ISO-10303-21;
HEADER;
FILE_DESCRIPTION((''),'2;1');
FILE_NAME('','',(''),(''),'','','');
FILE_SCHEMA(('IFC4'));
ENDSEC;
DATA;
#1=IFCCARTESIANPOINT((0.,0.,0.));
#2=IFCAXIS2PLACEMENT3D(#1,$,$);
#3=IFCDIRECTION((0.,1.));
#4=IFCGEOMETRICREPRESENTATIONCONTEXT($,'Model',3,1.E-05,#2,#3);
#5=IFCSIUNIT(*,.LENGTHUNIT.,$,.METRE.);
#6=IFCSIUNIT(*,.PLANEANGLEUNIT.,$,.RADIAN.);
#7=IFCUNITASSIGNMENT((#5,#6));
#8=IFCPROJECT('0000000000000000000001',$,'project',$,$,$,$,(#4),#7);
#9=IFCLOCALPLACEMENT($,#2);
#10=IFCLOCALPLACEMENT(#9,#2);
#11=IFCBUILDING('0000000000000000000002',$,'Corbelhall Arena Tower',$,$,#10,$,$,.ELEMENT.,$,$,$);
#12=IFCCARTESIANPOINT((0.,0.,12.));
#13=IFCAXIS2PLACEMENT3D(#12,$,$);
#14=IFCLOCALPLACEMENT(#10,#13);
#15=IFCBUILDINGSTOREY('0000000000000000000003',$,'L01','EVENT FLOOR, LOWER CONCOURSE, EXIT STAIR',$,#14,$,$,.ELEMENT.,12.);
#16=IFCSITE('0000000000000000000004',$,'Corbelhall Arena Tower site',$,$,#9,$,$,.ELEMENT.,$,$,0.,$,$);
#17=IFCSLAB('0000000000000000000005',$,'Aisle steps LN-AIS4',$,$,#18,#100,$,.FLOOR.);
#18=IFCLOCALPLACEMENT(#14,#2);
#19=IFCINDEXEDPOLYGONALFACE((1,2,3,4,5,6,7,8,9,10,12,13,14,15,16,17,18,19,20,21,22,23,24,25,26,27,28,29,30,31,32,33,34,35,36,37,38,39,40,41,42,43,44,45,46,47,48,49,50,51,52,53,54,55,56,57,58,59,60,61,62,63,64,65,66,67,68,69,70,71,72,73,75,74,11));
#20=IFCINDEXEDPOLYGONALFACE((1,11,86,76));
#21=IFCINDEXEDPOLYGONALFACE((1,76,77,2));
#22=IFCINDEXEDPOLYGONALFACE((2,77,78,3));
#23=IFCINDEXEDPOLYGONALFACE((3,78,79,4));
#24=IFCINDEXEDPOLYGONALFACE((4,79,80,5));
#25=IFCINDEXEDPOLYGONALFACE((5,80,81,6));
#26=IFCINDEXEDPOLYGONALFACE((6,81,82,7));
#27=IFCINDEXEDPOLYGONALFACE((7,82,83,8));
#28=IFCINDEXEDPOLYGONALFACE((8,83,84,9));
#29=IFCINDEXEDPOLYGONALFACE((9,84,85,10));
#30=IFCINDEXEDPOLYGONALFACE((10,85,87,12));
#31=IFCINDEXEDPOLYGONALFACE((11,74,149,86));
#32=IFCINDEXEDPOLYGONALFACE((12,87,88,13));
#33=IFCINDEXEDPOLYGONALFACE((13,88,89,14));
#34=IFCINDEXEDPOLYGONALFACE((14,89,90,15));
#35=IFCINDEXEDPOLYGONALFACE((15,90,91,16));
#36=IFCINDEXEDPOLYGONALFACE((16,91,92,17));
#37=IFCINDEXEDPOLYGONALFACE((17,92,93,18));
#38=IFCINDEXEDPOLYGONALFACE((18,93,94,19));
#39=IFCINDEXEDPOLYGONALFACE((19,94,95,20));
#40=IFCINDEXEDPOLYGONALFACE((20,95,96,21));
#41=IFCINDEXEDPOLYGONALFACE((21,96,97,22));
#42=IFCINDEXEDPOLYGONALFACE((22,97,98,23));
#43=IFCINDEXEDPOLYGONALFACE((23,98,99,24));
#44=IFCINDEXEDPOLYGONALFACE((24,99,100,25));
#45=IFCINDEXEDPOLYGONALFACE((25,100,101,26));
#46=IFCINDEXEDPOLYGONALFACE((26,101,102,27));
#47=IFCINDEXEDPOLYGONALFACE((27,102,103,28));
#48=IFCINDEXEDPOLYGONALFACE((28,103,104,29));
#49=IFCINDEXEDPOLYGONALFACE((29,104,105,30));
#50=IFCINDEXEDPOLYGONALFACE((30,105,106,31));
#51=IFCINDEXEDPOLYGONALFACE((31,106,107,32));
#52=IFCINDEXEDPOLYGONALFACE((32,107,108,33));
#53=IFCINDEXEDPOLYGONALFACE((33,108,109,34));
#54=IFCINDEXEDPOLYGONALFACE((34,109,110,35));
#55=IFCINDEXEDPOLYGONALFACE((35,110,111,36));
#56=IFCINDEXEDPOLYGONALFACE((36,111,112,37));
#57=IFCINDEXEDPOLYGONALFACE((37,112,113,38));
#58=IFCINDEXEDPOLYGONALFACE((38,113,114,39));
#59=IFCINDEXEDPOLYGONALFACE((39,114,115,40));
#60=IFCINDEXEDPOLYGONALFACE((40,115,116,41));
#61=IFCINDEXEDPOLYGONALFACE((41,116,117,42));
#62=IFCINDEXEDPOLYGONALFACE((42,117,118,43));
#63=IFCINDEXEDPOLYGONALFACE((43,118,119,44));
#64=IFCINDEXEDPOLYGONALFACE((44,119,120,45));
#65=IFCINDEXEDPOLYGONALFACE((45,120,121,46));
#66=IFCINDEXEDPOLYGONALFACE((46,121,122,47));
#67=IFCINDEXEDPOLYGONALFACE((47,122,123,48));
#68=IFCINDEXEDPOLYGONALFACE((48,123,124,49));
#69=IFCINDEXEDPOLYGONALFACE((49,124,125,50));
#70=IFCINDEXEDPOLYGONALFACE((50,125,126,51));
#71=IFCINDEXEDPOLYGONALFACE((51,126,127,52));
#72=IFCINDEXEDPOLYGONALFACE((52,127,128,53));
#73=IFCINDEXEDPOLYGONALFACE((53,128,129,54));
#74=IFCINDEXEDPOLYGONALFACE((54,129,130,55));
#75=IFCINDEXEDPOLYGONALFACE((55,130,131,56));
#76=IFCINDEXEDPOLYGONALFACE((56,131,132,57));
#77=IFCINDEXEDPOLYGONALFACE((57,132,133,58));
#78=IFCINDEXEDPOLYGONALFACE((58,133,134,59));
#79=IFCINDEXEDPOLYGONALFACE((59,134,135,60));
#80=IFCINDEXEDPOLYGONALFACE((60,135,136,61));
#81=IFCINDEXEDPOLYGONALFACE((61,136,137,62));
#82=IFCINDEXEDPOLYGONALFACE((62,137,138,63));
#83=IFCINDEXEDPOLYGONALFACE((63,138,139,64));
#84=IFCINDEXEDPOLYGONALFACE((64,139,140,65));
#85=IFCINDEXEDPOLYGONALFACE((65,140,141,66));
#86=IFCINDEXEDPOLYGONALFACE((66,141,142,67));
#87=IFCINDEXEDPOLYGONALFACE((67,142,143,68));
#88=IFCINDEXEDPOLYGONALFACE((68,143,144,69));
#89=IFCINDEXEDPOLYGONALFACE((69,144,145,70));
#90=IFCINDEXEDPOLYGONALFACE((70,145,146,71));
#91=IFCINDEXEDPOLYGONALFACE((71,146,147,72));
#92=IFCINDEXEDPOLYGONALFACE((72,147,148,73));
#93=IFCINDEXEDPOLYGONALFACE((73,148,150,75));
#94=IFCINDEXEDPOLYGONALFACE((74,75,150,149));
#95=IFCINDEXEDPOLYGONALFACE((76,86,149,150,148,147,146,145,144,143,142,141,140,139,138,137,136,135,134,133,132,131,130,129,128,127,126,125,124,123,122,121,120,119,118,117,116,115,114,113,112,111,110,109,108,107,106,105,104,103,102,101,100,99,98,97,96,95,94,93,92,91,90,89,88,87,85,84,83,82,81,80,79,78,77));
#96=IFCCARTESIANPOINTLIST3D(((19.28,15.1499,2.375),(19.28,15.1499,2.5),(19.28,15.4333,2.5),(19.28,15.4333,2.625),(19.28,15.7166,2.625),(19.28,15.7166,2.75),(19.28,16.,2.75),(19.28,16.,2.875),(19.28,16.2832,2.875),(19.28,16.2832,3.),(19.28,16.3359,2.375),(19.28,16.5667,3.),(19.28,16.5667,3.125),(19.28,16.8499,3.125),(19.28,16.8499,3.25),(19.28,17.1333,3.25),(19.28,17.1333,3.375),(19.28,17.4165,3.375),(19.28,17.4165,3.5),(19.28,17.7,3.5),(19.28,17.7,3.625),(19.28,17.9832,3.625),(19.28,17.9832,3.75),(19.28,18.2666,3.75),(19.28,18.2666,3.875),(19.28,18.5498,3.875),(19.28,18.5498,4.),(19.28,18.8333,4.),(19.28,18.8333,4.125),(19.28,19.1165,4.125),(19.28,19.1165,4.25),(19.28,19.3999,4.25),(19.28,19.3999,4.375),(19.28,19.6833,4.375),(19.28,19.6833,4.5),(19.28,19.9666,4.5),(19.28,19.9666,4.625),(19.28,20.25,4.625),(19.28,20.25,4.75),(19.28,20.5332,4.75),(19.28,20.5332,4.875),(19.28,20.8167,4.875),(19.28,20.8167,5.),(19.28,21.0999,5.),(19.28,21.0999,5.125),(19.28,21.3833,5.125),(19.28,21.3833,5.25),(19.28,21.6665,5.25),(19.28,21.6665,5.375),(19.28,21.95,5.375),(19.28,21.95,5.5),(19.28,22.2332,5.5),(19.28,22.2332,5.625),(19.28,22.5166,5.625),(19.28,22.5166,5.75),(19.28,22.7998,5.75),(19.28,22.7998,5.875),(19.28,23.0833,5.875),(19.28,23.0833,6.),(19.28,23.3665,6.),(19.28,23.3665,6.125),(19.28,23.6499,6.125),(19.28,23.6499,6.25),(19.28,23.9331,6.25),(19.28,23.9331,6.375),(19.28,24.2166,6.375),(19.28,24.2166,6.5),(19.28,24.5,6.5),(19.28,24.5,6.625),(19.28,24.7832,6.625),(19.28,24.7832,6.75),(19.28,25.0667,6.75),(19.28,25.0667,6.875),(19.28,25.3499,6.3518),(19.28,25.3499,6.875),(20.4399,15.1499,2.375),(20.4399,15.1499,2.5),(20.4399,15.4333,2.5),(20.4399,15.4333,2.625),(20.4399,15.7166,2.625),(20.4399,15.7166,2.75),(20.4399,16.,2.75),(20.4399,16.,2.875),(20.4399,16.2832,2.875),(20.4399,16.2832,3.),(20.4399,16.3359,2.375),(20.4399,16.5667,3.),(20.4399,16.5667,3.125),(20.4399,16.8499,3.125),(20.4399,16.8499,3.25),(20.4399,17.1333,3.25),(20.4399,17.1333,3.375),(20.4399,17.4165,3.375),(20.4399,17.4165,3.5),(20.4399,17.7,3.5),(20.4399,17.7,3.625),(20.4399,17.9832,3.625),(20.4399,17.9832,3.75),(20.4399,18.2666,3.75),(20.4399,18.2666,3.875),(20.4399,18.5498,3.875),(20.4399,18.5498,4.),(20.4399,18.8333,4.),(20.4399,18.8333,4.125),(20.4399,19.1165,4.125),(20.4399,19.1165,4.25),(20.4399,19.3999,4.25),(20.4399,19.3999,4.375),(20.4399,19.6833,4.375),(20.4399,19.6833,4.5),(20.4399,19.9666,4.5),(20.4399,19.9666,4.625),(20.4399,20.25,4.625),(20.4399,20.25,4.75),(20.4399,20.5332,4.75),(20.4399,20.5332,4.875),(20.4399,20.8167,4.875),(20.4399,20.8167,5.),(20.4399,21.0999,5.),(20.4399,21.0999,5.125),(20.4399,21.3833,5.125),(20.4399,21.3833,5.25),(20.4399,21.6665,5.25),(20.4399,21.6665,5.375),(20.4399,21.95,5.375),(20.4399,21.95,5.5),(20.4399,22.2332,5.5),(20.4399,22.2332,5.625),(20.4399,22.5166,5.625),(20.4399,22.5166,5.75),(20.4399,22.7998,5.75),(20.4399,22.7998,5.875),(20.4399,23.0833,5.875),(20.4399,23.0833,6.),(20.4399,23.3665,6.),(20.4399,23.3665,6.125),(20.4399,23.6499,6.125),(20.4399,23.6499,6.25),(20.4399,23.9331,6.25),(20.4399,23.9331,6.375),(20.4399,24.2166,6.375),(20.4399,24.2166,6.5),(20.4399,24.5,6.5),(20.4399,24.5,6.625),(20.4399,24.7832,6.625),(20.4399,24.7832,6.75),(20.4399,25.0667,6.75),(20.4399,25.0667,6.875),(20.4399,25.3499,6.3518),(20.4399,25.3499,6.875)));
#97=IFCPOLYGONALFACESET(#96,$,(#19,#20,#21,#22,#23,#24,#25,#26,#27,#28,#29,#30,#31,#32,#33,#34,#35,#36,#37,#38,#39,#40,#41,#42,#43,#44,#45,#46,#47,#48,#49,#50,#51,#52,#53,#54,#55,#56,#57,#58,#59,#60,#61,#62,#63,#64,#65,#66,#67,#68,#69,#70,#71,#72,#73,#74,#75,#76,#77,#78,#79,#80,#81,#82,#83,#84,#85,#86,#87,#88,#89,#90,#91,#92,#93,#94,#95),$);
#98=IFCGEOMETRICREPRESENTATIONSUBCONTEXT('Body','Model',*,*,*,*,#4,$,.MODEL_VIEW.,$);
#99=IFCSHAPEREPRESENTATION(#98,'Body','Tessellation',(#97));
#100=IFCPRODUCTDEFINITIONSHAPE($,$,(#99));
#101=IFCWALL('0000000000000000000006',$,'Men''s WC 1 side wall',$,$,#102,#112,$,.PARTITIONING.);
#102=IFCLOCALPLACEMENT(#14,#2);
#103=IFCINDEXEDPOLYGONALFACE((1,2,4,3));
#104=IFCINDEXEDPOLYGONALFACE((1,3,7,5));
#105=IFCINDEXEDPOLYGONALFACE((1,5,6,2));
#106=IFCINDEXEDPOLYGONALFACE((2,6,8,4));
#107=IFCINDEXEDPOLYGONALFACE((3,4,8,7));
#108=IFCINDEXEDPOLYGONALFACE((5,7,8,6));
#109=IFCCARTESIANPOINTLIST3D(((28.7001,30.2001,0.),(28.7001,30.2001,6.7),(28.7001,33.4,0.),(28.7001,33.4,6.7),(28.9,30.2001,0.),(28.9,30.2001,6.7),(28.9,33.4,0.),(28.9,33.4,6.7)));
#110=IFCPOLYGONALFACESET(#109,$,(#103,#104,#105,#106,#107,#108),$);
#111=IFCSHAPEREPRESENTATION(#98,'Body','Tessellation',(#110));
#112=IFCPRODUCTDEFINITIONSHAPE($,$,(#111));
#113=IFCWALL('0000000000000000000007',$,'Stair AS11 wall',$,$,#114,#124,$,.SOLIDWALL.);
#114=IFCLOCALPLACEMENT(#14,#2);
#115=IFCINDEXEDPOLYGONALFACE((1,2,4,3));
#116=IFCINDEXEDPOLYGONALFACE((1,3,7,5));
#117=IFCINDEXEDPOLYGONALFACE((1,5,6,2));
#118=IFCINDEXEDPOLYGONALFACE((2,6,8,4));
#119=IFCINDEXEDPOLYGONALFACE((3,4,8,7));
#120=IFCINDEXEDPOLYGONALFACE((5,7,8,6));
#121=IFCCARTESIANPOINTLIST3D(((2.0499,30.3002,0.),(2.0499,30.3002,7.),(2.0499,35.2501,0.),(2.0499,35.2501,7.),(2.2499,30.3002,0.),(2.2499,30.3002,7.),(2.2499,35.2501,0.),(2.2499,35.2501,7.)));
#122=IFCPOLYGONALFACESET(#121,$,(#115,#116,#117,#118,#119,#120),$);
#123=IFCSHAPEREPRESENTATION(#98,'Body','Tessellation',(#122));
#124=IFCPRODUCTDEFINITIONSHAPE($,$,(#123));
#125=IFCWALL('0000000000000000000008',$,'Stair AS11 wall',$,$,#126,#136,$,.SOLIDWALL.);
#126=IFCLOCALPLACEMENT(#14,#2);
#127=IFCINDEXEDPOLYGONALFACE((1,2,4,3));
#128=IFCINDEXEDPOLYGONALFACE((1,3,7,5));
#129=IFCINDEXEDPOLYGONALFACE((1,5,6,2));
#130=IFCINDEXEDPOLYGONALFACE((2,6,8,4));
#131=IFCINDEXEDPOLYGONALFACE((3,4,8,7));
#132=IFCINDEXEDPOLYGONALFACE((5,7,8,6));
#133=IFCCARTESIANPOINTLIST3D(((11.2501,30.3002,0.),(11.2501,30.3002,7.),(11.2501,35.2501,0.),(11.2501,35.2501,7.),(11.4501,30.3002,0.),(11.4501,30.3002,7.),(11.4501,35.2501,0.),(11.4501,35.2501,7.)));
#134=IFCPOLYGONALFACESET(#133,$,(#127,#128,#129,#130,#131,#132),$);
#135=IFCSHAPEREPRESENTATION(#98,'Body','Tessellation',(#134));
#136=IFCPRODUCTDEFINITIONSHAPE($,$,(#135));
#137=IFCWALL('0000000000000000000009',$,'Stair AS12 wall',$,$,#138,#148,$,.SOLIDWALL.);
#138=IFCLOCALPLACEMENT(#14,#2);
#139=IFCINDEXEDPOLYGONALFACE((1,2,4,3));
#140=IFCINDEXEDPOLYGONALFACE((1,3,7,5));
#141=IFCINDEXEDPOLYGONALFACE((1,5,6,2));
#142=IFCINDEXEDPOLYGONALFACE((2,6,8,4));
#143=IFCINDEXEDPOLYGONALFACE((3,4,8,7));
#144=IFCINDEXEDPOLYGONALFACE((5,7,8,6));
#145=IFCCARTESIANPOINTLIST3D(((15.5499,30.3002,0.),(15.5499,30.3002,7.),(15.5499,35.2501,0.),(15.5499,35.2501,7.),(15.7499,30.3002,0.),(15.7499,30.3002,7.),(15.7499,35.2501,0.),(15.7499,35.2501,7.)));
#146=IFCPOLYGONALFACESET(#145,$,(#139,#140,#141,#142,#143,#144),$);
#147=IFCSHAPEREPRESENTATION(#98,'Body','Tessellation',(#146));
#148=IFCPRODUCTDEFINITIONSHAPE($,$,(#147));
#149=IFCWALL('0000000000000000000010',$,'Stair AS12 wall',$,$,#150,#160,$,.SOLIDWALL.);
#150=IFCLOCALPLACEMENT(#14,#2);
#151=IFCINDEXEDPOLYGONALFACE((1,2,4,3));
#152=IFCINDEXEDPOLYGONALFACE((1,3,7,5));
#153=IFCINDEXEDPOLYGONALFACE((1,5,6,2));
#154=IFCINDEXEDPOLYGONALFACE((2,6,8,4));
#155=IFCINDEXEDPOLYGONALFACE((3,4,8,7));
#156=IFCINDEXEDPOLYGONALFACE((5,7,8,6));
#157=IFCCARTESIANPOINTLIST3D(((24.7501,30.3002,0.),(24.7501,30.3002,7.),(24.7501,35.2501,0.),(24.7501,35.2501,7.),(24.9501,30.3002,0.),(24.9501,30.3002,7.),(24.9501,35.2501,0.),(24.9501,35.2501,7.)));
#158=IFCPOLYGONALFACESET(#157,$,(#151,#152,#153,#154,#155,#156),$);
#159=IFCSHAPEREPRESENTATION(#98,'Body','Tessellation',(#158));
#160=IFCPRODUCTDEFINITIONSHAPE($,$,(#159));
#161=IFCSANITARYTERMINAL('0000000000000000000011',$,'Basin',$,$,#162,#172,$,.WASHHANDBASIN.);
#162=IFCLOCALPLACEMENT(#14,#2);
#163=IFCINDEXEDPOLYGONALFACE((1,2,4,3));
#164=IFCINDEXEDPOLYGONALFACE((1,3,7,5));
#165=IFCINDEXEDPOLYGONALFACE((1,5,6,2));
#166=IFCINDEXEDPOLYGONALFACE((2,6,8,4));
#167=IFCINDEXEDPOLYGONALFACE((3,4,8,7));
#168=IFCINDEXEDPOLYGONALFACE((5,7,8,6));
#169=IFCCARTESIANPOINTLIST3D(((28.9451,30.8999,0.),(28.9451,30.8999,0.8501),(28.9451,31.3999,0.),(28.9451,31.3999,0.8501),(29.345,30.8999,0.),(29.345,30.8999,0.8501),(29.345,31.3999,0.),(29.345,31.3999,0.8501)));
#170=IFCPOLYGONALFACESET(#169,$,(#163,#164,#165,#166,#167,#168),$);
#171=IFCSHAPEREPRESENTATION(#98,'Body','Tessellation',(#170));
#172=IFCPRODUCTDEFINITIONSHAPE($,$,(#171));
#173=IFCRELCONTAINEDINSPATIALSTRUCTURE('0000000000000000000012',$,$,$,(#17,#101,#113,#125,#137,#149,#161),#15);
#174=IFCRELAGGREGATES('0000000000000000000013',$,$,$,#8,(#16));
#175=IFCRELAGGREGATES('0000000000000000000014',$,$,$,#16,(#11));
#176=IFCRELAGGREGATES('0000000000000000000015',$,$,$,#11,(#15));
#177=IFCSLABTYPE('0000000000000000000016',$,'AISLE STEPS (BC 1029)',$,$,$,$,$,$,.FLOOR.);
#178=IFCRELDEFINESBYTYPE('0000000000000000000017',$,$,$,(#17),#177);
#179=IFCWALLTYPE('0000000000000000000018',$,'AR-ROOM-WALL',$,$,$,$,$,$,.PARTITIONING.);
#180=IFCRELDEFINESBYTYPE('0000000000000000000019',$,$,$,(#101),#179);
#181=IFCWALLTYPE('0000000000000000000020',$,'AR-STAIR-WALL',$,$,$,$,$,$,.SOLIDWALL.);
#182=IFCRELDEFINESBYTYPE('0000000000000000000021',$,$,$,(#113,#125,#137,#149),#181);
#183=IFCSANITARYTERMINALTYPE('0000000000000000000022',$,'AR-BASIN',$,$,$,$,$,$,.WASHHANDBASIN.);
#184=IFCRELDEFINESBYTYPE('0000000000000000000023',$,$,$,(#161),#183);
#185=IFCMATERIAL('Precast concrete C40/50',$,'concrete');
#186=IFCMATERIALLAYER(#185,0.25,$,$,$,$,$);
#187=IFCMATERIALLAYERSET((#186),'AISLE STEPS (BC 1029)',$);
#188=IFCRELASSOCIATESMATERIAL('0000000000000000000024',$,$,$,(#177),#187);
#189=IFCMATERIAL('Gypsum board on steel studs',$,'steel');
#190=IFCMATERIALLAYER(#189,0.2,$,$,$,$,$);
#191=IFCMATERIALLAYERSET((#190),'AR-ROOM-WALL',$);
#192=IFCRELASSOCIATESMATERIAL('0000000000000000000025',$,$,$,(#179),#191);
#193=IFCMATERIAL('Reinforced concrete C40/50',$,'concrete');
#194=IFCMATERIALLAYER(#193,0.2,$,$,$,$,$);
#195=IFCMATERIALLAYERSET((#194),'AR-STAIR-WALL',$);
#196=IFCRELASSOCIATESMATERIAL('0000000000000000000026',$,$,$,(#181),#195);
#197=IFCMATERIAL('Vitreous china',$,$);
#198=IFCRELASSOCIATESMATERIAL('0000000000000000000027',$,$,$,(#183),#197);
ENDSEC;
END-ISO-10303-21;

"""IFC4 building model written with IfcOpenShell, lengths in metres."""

from ifc_helpers import new_model, si_unit, direction, frame, frame_2d, origin, origin_2d, place, context, subcontext, project, spatial, polyline, rectangle, outline, extrude, material, layer, layer_set, type_object, element, save


model = new_model("IFC4")

# Units and contexts
model_context = context("Model", 3, precision=1e-05, world=origin(), true_north=direction((0.0, 1.0)))
body_context = subcontext(model_context, "Body", "Model", "MODEL_VIEW")
ifc_project = project(units=[si_unit("LENGTHUNIT", "METRE"), si_unit("PLANEANGLEUNIT", "RADIAN")], contexts=[model_context])

# Site, building, storey
site_placement = place(None, origin())
site = spatial("IfcSite", under=ifc_project, at=site_placement, Name="Corbelhall Arena Tower site", CompositionType="ELEMENT", RefElevation=0.0)
building_placement = place(site_placement, origin())
building = spatial("IfcBuilding", under=site, at=building_placement, Name="Corbelhall Arena Tower", CompositionType="ELEMENT")
storey_placement = place(building_placement, frame((0.0, 0.0, 12.0)))
storey = spatial("IfcBuildingStorey", under=building, at=storey_placement, Name="L01", Description="EVENT FLOOR, LOWER CONCOURSE, EXIT STAIR", CompositionType="ELEMENT", Elevation=12.0)

# Slab
ifc_material_1 = material(Name="Precast concrete C40/50", Category="concrete")
ifc_layer_1 = layer(ifc_material_1, 0.25)
ifc_layer_set_1 = layer_set([ifc_layer_1], Name="AISLE STEPS (BC 1029)")
slab_type_1 = type_object("IfcSlabType", Name="AISLE STEPS (BC 1029)", PredefinedType="FLOOR", material=ifc_layer_set_1)
slab_1_placement = place(storey_placement, frame((19.8601, 15.1499, 2.375), z_axis=(0.0, 0.0, 1.0), x_axis=(0.0, 1.0, 0.0)))
element("IfcSlab", 1, at=slab_1_placement, inside=storey, type_object=slab_type_1, Name="Aisle steps LN-AIS4", PredefinedType="FLOOR", context=body_context, shape_type="SweptSolid", body=[
    extrude(outline(polyline([(0.0, 0.0), (0.0, 0.125), (0.2834, 0.125), (0.2834, 0.25), (0.5667, 0.25), (0.5667, 0.375), (0.8501, 0.375), (0.8501, 0.5), (1.1333, 0.5), (1.1333, 0.625), (1.4167, 0.625), (1.4167, 0.75), (1.7, 0.75), (1.7, 0.875), (1.9834, 0.875), (1.9834, 1.0), (2.2666, 1.0), (2.2666, 1.125), (2.55, 1.125), (2.55, 1.25), (2.8333, 1.25), (2.8333, 1.375), (3.1167, 1.375), (3.1167, 1.5), (3.3999, 1.5), (3.3999, 1.625), (3.6833, 1.625), (3.6833, 1.75), (3.9666, 1.75), (3.9666, 1.875), (4.25, 1.875), (4.25, 2.0), (4.5334, 2.0), (4.5334, 2.125), (4.8167, 2.125), (4.8167, 2.25), (5.1001, 2.25), (5.1001, 2.375), (5.3833, 2.375), (5.3833, 2.5), (5.6667, 2.5), (5.6667, 2.625), (5.95, 2.625), (5.95, 2.75), (6.2334, 2.75), (6.2334, 2.875), (6.5166, 2.875), (6.5166, 3.0), (6.8, 3.0), (6.8, 3.125), (7.0833, 3.125), (7.0833, 3.25), (7.3667, 3.25), (7.3667, 3.375), (7.6499, 3.375), (7.6499, 3.5), (7.9333, 3.5), (7.9333, 3.625), (8.2166, 3.625), (8.2166, 3.75), (8.5, 3.75), (8.5, 3.875), (8.7832, 3.875), (8.7832, 4.0), (9.0667, 4.0), (9.0667, 4.125), (9.3501, 4.125), (9.3501, 4.25), (9.6333, 4.25), (9.6333, 4.375), (9.9167, 4.375), (9.9167, 4.5), (10.2, 4.5), (10.2, 4.625), (10.2, 3.9768), (1.186, 0.0), (0.0, 0.0)])), frame((0.0, 0.5801, 0.0), z_axis=(0.0, -1.0, 0.0), x_axis=(1.0, 0.0, 0.0)), (0.0, 0.0, 1.0), 1.1599),
])

# Shared definitions
ifc_material_2 = material(Name="Gypsum board on steel studs", Category="steel")
ifc_layer_2 = layer(ifc_material_2, 0.2)
ifc_layer_set_2 = layer_set([ifc_layer_2], Name="AR-ROOM-WALL")
wall_type_1 = type_object("IfcWallType", Name="AR-ROOM-WALL", PredefinedType="PARTITIONING", material=ifc_layer_set_2)

# Wall
wall_1_placement = place(storey_placement, frame((28.8, 30.2, 0.0), z_axis=(0.0, 0.0, 1.0), x_axis=(0.0, 1.0, 0.0)))
element("IfcWall", 2, at=wall_1_placement, inside=storey, type_object=wall_type_1, Name="Men's WC 1 side wall", PredefinedType="PARTITIONING", context=body_context, shape_type="SweptSolid", body=[
    extrude(rectangle(XDim=3.2, YDim=0.2, at=frame_2d((1.6001, 0.0))), origin(), (0.0, 0.0, 1.0), 6.7),
])

# Shared definitions
ifc_material_3 = material(Name="Reinforced concrete C40/50", Category="concrete")
ifc_layer_3 = layer(ifc_material_3, 0.2)
ifc_layer_set_3 = layer_set([ifc_layer_3], Name="AR-STAIR-WALL")
wall_type_2 = type_object("IfcWallType", Name="AR-STAIR-WALL", PredefinedType="SOLIDWALL", material=ifc_layer_set_3)

# Walls
for number, where, z_axis, x_axis, name in (
    (3, (2.1499, 30.3, 0.0), (0.0, 0.0, 1.0), (0.0, 1.0, 0.0), "Stair AS11 wall"),
    (4, (11.3501, 30.3, 0.0), (0.0, 0.0, 1.0), (0.0, 1.0, 0.0), "Stair AS11 wall"),
):
    element("IfcWall", number, at=place(storey_placement, frame(where, z_axis=z_axis, x_axis=x_axis)), inside=storey, type_object=wall_type_2, Name=name, PredefinedType="SOLIDWALL", context=body_context, shape_type="SweptSolid", body=[
        extrude(rectangle(XDim=4.95, YDim=0.2, at=frame_2d((2.4751, 0.0))), origin(), (0.0, 0.0, 1.0), 7.0),
    ])

# Walls
for number, where, z_axis, x_axis, name in (
    (5, (15.6499, 30.3, 0.0), (0.0, 0.0, 1.0), (0.0, 1.0, 0.0), "Stair AS12 wall"),
    (6, (24.8501, 30.3, 0.0), (0.0, 0.0, 1.0), (0.0, 1.0, 0.0), "Stair AS12 wall"),
):
    element("IfcWall", number, at=place(storey_placement, frame(where, z_axis=z_axis, x_axis=x_axis)), inside=storey, type_object=wall_type_2, Name=name, PredefinedType="SOLIDWALL", context=body_context, shape_type="SweptSolid", body=[
        extrude(rectangle(XDim=4.95, YDim=0.2, at=frame_2d((2.4751, 0.0))), origin(), (0.0, 0.0, 1.0), 7.0),
    ])

# Sanitary terminal
ifc_material_4 = material(Name="Vitreous china")
sanitary_terminal_type = type_object("IfcSanitaryTerminalType", Name="AR-BASIN", PredefinedType="WASHHANDBASIN", material=ifc_material_4)
sanitary_terminal_placement = place(storey_placement, frame((29.145, 31.1499, 0.0), z_axis=(0.0, 0.0, 1.0), x_axis=(1.0, 0.0, 0.0)))
element("IfcSanitaryTerminal", 7, at=sanitary_terminal_placement, inside=storey, type_object=sanitary_terminal_type, Name="Basin", PredefinedType="WASHHANDBASIN", context=body_context, shape_type="SweptSolid", body=[
    extrude(rectangle(XDim=0.3999, YDim=0.5, at=origin_2d()), origin(), (0.0, 0.0, 1.0), 0.8501),
])

save(model, "model.ifc")
